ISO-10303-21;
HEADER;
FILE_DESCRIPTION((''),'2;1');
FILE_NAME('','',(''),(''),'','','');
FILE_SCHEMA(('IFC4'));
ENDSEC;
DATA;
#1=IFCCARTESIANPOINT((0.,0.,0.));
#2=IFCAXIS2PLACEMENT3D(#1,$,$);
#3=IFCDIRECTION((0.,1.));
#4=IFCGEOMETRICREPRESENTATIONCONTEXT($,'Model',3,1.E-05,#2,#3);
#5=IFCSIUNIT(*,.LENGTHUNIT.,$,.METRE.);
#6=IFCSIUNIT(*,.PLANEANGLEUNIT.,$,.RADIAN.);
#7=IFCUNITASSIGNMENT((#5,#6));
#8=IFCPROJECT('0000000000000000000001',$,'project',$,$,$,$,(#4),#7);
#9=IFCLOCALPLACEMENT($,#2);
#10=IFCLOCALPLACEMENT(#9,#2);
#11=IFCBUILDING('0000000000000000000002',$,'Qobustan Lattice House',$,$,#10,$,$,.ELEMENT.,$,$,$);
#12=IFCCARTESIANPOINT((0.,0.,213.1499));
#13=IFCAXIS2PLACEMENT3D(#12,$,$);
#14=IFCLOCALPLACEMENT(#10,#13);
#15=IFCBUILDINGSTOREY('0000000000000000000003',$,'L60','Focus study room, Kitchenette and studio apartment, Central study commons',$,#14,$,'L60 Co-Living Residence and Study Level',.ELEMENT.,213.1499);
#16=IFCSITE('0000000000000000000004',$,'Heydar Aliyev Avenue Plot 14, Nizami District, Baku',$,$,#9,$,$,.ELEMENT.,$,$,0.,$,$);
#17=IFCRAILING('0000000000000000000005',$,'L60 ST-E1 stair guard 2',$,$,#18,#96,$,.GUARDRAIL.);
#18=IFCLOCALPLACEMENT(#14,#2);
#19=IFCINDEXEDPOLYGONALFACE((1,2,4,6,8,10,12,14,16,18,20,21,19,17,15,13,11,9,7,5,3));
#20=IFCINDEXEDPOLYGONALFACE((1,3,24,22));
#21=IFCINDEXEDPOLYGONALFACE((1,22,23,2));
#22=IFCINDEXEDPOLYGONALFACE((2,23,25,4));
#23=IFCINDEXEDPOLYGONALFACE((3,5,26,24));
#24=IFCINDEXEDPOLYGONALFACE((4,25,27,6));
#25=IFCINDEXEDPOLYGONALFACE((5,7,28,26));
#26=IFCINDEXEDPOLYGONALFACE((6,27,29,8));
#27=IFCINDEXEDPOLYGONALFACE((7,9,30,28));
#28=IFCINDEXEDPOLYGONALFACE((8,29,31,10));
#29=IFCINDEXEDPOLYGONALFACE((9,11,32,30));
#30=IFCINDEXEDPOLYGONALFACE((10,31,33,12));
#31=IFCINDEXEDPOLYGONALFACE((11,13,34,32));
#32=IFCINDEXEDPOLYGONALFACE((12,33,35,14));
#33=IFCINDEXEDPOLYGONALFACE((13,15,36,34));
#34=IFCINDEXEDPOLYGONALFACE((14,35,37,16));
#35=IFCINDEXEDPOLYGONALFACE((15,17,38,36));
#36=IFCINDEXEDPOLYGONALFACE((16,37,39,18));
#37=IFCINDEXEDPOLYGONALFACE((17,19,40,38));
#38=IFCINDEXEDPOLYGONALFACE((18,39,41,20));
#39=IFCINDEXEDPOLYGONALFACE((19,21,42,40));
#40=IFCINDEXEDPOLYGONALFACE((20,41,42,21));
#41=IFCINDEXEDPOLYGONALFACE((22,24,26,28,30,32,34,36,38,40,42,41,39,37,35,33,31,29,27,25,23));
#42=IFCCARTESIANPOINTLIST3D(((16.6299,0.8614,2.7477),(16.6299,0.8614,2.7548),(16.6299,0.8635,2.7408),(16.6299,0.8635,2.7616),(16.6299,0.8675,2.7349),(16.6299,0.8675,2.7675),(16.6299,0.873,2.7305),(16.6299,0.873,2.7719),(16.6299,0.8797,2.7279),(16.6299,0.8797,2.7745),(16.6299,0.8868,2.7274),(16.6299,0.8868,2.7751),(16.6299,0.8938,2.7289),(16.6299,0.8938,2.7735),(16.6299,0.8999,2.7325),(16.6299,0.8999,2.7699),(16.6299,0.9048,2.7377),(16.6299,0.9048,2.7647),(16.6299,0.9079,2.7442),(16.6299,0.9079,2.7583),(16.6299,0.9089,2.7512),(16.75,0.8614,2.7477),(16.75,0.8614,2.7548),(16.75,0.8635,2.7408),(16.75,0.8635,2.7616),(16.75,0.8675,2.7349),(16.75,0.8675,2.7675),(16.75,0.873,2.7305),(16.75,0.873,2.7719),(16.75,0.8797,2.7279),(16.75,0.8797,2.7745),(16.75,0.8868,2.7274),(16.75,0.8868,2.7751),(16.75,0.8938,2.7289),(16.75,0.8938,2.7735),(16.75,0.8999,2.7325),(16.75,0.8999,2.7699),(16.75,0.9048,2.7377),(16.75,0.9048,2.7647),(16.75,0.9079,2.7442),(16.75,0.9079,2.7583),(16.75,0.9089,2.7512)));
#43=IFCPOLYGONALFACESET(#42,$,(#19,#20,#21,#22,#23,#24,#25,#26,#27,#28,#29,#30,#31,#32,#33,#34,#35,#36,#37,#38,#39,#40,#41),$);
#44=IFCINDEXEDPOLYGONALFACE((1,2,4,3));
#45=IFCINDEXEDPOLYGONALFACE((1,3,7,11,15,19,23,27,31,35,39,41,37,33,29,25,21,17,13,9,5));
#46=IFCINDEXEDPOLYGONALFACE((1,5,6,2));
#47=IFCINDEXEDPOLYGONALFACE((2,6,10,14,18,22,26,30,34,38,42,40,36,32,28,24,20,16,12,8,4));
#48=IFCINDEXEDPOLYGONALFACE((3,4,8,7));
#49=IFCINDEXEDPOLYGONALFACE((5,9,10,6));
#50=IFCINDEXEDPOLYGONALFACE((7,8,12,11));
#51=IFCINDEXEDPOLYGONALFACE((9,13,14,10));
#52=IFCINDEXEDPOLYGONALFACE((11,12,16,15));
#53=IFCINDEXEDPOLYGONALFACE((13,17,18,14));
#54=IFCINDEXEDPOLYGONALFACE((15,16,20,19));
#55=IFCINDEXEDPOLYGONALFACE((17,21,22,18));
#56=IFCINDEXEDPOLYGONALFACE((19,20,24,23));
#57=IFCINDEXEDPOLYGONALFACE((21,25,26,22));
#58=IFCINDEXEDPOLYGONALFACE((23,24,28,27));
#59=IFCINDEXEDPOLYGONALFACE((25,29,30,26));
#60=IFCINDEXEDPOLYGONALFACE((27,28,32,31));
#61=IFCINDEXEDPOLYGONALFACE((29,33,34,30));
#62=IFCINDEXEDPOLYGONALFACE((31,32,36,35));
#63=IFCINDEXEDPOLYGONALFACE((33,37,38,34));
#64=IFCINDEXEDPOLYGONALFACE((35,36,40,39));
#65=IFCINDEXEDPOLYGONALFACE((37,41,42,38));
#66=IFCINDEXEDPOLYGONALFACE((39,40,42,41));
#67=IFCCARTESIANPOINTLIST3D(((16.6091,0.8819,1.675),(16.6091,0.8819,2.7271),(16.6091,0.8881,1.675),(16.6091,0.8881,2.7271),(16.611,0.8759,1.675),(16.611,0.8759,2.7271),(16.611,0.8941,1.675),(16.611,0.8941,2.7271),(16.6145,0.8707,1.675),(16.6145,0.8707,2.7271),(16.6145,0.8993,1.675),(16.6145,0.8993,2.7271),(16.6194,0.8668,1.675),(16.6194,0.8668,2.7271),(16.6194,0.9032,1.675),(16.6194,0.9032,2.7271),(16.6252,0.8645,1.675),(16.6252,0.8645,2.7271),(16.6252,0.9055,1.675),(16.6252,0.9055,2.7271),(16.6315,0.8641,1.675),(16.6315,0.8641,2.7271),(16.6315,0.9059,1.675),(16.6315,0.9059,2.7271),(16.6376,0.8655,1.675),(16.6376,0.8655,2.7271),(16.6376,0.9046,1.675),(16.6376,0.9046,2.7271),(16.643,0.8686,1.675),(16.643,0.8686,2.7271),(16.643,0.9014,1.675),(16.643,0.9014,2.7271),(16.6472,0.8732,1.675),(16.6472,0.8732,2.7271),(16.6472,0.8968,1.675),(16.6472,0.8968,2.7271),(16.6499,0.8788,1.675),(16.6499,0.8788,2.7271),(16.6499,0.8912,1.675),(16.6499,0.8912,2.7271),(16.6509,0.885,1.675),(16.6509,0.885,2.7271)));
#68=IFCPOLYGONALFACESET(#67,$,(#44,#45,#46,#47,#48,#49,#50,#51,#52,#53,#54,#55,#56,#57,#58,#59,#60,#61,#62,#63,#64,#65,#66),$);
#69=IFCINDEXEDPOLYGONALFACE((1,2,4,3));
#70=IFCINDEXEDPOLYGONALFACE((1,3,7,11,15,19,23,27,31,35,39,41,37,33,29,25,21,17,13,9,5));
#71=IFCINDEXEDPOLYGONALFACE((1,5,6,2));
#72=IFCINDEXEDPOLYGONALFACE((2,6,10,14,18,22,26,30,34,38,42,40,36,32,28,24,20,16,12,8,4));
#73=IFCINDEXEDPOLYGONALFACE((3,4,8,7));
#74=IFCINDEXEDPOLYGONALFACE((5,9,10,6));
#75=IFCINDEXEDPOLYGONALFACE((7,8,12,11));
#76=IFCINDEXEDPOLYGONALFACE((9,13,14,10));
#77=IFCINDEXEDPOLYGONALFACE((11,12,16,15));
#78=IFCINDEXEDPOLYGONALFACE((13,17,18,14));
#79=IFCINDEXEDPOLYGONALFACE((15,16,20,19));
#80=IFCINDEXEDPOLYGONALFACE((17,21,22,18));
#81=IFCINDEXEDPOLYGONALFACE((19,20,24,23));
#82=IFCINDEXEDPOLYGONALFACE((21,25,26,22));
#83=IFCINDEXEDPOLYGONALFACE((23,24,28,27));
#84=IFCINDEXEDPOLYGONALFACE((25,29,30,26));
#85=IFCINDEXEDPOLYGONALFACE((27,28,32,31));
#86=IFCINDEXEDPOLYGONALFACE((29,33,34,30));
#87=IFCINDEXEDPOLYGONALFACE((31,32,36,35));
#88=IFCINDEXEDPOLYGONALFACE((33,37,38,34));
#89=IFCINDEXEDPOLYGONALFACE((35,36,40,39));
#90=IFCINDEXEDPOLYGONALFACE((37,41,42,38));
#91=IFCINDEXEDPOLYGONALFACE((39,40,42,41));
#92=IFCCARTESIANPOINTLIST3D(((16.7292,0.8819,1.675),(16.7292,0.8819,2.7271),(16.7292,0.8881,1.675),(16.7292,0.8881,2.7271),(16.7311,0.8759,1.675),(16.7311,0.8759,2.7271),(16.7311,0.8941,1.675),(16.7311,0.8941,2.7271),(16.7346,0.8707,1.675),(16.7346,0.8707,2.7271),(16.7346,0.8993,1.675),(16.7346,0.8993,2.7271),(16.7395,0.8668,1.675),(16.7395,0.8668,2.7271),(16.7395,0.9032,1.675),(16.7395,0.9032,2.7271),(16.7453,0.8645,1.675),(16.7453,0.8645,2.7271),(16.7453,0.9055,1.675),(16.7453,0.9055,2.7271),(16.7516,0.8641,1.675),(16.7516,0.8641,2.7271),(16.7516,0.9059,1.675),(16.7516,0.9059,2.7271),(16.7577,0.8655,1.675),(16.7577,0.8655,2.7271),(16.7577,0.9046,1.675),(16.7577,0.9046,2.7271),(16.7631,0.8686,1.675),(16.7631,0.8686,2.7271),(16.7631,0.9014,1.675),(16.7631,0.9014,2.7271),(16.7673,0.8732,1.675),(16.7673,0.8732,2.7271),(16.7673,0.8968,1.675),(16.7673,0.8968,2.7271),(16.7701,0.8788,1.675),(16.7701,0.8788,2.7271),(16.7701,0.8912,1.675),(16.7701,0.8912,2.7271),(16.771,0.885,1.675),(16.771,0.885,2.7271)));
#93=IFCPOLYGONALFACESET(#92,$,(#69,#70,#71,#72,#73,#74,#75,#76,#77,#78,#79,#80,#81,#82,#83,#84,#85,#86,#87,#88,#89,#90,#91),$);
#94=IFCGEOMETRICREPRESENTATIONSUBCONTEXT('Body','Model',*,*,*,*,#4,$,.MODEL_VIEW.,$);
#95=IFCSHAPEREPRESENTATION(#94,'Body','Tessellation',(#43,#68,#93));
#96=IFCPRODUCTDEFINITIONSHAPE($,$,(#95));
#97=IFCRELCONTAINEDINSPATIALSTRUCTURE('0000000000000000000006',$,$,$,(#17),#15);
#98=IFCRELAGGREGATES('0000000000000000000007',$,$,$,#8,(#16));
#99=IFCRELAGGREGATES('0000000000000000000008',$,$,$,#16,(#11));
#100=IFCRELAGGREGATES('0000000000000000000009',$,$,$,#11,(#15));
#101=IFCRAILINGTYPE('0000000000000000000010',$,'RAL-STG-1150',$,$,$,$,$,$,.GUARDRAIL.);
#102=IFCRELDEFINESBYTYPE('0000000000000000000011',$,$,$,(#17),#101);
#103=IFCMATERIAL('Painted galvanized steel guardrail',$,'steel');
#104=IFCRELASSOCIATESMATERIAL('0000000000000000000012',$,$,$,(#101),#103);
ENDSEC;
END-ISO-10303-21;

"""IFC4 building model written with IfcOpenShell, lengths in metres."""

from ifc_helpers import new_model, si_unit, direction, frame, origin, origin_2d, place, context, subcontext, project, spatial, circle, extrude, material, type_object, element, save


model = new_model("IFC4")

# Units and contexts
model_context = context("Model", 3, precision=1e-05, world=origin(), true_north=direction((0.0, 1.0)))
body_context = subcontext(model_context, "Body", "Model", "MODEL_VIEW")
ifc_project = project(units=[si_unit("LENGTHUNIT", "METRE"), si_unit("PLANEANGLEUNIT", "RADIAN")], contexts=[model_context])

# Site, building, storey
site_placement = place(None, origin())
site = spatial("IfcSite", under=ifc_project, at=site_placement, Name="Heydar Aliyev Avenue Plot 14, Nizami District, Baku", CompositionType="ELEMENT", RefElevation=0.0)
building_placement = place(site_placement, origin())
building = spatial("IfcBuilding", under=site, at=building_placement, Name="Qobustan Lattice House", CompositionType="ELEMENT")
storey_placement = place(building_placement, frame((0.0, 0.0, 213.1499)))
storey = spatial("IfcBuildingStorey", under=building, at=storey_placement, Name="L60", Description="Focus study room, Kitchenette and studio apartment, Central study commons", LongName="L60 Co-Living Residence and Study Level", CompositionType="ELEMENT", Elevation=213.1499)

# Railing
ifc_material_1 = material(Name="Painted galvanized steel guardrail", Category="steel")
railing_type_1 = type_object("IfcRailingType", Name="RAL-STG-1150", PredefinedType="GUARDRAIL", material=ifc_material_1)
railing_1_placement = place(storey_placement, frame((16.6299, 0.885, 1.675)))
element("IfcRailing", 1, at=railing_1_placement, inside=storey, type_object=railing_type_1, Name="L60 ST-E1 stair guard 2", PredefinedType="GUARDRAIL", context=body_context, shape_type="SweptSolid", body=[
    extrude(circle(Radius=0.0239, at=origin_2d()), frame((0.0, 0.0, 1.0762), z_axis=(1.0, 0.0, 0.0), x_axis=(0.0, 1.0, 0.0)), (0.0, 0.0, 1.0), 0.1201),
    extrude(circle(Radius=0.021, at=origin_2d()), origin(), (0.0, 0.0, 1.0), 1.052),
    extrude(circle(Radius=0.021, at=origin_2d()), frame((0.1201, 0.0, 0.0)), (0.0, 0.0, 1.0), 1.052),
])

save(model, "model.ifc")
